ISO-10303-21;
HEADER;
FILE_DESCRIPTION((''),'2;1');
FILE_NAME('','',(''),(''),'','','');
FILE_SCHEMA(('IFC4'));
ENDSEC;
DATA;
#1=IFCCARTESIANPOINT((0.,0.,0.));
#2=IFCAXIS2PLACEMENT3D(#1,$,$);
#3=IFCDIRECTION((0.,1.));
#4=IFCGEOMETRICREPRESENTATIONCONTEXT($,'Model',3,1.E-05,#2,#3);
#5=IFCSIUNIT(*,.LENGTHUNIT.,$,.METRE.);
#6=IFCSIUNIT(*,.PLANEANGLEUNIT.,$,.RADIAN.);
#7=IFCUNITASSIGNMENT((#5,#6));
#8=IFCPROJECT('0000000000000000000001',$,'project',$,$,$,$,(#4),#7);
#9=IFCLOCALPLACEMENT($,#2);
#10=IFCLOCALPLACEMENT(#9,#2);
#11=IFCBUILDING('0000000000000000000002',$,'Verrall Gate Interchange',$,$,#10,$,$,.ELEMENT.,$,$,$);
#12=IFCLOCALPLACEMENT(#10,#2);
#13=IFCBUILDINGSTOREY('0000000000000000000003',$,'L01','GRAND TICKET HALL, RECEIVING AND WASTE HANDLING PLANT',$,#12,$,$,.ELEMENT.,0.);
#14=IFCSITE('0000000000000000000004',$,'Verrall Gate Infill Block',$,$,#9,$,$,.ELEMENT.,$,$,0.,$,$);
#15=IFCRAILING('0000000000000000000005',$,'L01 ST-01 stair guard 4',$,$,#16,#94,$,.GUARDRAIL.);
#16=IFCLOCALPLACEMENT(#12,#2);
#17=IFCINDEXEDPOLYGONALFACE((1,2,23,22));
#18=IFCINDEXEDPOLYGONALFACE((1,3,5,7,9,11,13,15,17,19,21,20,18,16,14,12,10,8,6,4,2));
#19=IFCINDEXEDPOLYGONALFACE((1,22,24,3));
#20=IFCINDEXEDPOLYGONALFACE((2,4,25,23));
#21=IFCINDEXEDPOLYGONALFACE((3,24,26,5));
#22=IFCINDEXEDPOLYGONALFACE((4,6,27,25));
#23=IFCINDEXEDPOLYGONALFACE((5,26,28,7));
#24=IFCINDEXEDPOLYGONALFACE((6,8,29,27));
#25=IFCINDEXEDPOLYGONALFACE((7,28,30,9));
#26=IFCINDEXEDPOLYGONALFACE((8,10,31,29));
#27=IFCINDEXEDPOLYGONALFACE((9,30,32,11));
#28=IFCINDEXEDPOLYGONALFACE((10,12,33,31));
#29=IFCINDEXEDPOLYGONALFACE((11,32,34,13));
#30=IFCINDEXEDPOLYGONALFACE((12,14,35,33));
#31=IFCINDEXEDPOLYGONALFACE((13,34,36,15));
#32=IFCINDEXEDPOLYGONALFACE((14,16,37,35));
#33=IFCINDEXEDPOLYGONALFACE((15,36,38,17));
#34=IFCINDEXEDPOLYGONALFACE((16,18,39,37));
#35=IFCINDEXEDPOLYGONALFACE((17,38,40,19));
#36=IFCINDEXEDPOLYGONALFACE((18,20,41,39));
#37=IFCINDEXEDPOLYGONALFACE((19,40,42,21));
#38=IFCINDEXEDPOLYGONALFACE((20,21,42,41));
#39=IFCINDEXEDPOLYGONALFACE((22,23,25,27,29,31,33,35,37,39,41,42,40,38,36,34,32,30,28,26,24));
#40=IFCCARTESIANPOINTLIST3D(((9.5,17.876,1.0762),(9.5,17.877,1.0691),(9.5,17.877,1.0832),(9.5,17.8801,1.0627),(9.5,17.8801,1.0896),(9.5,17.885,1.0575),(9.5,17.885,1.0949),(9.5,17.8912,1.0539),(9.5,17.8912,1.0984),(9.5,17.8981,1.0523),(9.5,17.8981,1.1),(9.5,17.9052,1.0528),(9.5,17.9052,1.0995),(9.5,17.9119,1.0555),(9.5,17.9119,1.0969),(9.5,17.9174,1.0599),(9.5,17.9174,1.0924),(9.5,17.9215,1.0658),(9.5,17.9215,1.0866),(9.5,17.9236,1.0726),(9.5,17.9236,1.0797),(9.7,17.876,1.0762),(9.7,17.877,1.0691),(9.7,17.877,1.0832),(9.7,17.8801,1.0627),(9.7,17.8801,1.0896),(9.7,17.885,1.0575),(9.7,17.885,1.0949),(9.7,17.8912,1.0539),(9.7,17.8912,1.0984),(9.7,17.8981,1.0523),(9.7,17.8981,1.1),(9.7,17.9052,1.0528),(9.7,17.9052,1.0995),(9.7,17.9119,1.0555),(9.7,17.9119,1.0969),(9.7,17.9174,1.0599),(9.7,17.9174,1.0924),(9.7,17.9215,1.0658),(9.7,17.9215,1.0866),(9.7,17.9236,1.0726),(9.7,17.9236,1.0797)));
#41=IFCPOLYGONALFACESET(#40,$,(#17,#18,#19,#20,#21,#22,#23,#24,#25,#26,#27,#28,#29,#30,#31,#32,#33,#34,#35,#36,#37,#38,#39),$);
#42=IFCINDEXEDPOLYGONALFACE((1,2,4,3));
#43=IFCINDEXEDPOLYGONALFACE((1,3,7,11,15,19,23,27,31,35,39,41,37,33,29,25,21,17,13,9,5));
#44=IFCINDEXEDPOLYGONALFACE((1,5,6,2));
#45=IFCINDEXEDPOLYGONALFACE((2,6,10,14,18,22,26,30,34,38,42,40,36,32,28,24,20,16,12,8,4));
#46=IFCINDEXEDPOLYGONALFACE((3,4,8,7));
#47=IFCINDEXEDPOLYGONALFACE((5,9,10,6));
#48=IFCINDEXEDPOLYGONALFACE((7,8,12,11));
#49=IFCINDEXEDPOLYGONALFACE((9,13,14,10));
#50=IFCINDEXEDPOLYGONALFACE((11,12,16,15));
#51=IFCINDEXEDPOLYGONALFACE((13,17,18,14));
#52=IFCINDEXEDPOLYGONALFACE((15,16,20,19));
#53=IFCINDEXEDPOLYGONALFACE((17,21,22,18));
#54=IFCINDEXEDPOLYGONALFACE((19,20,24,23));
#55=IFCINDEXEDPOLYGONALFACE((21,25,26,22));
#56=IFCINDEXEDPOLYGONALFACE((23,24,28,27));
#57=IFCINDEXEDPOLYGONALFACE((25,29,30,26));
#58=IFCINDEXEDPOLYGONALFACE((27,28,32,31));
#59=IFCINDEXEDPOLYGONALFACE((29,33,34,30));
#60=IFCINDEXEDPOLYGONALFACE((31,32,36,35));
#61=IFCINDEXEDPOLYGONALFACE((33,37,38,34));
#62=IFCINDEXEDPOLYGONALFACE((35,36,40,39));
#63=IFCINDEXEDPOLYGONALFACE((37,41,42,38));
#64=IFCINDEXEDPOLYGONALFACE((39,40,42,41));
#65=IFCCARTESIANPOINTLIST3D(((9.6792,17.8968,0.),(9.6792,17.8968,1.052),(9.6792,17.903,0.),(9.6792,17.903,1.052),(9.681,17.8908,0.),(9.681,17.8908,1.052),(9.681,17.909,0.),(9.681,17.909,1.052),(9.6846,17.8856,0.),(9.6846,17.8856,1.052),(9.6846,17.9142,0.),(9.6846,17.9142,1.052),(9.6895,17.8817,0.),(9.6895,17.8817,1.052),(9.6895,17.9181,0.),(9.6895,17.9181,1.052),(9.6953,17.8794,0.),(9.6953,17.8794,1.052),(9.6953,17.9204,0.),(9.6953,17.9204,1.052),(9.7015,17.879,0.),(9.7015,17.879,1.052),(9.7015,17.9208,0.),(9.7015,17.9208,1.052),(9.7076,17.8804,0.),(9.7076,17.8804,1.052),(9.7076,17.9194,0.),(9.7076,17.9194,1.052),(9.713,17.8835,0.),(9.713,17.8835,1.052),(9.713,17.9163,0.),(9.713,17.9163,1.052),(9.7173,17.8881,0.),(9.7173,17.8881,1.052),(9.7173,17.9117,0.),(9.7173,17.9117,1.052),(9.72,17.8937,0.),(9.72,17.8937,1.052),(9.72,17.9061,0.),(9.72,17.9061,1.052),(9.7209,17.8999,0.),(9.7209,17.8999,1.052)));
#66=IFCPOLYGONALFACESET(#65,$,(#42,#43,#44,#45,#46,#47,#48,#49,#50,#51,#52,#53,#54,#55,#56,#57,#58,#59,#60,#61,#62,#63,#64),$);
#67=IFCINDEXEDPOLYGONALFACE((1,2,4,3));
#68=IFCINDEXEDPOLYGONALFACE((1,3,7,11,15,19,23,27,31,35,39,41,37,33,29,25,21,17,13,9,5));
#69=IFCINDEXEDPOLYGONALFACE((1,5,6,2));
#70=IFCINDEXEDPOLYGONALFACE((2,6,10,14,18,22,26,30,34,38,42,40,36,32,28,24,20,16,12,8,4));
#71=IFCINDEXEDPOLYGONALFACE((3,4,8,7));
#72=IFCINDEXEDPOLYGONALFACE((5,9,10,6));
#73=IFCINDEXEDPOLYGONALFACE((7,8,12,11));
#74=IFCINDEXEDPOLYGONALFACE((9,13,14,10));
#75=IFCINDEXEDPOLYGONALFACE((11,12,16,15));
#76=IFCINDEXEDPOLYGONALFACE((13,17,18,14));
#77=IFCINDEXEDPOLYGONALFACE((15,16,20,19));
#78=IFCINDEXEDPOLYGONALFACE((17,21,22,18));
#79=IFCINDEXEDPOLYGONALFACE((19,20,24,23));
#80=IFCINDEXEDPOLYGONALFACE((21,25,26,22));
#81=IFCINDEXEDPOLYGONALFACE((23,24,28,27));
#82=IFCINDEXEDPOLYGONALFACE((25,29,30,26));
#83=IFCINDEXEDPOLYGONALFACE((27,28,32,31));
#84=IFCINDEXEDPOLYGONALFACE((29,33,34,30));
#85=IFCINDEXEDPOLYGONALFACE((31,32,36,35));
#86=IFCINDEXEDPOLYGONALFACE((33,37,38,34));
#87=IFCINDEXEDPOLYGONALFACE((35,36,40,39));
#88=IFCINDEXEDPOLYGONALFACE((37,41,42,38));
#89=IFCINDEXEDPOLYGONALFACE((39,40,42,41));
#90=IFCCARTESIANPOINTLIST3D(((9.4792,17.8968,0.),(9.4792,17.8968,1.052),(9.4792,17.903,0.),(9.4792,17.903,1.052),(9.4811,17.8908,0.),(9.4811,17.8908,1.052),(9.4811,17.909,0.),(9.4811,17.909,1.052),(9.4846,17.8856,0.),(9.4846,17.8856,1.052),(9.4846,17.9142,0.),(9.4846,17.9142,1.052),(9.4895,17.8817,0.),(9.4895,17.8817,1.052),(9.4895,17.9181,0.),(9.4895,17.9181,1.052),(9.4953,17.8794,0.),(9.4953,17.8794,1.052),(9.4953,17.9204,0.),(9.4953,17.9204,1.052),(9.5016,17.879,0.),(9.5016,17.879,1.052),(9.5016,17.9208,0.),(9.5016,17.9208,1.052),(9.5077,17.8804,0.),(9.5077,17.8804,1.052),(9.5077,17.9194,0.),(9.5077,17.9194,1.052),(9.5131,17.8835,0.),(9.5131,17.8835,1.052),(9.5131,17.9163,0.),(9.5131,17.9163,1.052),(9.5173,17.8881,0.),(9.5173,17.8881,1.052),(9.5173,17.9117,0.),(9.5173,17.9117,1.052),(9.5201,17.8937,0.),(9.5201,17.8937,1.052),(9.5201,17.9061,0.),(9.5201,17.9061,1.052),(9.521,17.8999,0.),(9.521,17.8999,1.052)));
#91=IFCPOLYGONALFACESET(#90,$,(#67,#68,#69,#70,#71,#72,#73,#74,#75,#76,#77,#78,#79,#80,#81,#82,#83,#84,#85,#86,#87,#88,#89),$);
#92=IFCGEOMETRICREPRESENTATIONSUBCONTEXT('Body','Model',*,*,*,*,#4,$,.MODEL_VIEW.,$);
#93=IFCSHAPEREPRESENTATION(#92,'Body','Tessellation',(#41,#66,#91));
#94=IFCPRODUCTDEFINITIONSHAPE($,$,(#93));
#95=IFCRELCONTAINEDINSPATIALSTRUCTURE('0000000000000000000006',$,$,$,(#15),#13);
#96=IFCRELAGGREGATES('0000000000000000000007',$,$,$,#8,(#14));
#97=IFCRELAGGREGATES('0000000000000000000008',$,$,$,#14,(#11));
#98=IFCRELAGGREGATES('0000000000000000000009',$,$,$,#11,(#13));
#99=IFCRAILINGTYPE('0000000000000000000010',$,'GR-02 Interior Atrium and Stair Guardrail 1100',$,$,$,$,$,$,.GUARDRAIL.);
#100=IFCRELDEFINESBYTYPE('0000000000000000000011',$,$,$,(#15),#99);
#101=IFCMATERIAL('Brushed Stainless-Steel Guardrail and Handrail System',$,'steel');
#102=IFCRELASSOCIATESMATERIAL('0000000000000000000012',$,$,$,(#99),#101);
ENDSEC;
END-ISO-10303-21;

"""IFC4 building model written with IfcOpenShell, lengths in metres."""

from ifc_helpers import new_model, si_unit, direction, frame, origin, origin_2d, place, context, subcontext, project, spatial, circle, extrude, material, type_object, element, save


model = new_model("IFC4")

# Units and contexts
model_context = context("Model", 3, precision=1e-05, world=origin(), true_north=direction((0.0, 1.0)))
body_context = subcontext(model_context, "Body", "Model", "MODEL_VIEW")
ifc_project = project(units=[si_unit("LENGTHUNIT", "METRE"), si_unit("PLANEANGLEUNIT", "RADIAN")], contexts=[model_context])

# Site, building, storey
site_placement = place(None, origin())
site = spatial("IfcSite", under=ifc_project, at=site_placement, Name="Verrall Gate Infill Block", CompositionType="ELEMENT", RefElevation=0.0)
building_placement = place(site_placement, origin())
building = spatial("IfcBuilding", under=site, at=building_placement, Name="Verrall Gate Interchange", CompositionType="ELEMENT")
storey_placement = place(building_placement, origin())
storey = spatial("IfcBuildingStorey", under=building, at=storey_placement, Name="L01", Description="GRAND TICKET HALL, RECEIVING AND WASTE HANDLING PLANT", CompositionType="ELEMENT", Elevation=0.0)

# Railing
ifc_material_1 = material(Name="Brushed Stainless-Steel Guardrail and Handrail System", Category="steel")
railing_type_1 = type_object("IfcRailingType", Name="GR-02 Interior Atrium and Stair Guardrail 1100", PredefinedType="GUARDRAIL", material=ifc_material_1)
railing_1_placement = place(storey_placement, frame((9.7, 17.8999, 0.0)))
element("IfcRailing", 1, at=railing_1_placement, inside=storey, type_object=railing_type_1, Name="L01 ST-01 stair guard 4", PredefinedType="GUARDRAIL", context=body_context, shape_type="SweptSolid", body=[
    extrude(circle(Radius=0.0239, at=origin_2d()), frame((0.0, 0.0, 1.0762), z_axis=(-1.0, 0.0, 0.0), x_axis=(0.0, -1.0, 0.0)), (0.0, 0.0, 1.0), 0.2),
    extrude(circle(Radius=0.021, at=origin_2d()), origin(), (0.0, 0.0, 1.0), 1.052),
    extrude(circle(Radius=0.021, at=origin_2d()), frame((-0.2, 0.0, 0.0)), (0.0, 0.0, 1.0), 1.052),
])

save(model, "model.ifc")
